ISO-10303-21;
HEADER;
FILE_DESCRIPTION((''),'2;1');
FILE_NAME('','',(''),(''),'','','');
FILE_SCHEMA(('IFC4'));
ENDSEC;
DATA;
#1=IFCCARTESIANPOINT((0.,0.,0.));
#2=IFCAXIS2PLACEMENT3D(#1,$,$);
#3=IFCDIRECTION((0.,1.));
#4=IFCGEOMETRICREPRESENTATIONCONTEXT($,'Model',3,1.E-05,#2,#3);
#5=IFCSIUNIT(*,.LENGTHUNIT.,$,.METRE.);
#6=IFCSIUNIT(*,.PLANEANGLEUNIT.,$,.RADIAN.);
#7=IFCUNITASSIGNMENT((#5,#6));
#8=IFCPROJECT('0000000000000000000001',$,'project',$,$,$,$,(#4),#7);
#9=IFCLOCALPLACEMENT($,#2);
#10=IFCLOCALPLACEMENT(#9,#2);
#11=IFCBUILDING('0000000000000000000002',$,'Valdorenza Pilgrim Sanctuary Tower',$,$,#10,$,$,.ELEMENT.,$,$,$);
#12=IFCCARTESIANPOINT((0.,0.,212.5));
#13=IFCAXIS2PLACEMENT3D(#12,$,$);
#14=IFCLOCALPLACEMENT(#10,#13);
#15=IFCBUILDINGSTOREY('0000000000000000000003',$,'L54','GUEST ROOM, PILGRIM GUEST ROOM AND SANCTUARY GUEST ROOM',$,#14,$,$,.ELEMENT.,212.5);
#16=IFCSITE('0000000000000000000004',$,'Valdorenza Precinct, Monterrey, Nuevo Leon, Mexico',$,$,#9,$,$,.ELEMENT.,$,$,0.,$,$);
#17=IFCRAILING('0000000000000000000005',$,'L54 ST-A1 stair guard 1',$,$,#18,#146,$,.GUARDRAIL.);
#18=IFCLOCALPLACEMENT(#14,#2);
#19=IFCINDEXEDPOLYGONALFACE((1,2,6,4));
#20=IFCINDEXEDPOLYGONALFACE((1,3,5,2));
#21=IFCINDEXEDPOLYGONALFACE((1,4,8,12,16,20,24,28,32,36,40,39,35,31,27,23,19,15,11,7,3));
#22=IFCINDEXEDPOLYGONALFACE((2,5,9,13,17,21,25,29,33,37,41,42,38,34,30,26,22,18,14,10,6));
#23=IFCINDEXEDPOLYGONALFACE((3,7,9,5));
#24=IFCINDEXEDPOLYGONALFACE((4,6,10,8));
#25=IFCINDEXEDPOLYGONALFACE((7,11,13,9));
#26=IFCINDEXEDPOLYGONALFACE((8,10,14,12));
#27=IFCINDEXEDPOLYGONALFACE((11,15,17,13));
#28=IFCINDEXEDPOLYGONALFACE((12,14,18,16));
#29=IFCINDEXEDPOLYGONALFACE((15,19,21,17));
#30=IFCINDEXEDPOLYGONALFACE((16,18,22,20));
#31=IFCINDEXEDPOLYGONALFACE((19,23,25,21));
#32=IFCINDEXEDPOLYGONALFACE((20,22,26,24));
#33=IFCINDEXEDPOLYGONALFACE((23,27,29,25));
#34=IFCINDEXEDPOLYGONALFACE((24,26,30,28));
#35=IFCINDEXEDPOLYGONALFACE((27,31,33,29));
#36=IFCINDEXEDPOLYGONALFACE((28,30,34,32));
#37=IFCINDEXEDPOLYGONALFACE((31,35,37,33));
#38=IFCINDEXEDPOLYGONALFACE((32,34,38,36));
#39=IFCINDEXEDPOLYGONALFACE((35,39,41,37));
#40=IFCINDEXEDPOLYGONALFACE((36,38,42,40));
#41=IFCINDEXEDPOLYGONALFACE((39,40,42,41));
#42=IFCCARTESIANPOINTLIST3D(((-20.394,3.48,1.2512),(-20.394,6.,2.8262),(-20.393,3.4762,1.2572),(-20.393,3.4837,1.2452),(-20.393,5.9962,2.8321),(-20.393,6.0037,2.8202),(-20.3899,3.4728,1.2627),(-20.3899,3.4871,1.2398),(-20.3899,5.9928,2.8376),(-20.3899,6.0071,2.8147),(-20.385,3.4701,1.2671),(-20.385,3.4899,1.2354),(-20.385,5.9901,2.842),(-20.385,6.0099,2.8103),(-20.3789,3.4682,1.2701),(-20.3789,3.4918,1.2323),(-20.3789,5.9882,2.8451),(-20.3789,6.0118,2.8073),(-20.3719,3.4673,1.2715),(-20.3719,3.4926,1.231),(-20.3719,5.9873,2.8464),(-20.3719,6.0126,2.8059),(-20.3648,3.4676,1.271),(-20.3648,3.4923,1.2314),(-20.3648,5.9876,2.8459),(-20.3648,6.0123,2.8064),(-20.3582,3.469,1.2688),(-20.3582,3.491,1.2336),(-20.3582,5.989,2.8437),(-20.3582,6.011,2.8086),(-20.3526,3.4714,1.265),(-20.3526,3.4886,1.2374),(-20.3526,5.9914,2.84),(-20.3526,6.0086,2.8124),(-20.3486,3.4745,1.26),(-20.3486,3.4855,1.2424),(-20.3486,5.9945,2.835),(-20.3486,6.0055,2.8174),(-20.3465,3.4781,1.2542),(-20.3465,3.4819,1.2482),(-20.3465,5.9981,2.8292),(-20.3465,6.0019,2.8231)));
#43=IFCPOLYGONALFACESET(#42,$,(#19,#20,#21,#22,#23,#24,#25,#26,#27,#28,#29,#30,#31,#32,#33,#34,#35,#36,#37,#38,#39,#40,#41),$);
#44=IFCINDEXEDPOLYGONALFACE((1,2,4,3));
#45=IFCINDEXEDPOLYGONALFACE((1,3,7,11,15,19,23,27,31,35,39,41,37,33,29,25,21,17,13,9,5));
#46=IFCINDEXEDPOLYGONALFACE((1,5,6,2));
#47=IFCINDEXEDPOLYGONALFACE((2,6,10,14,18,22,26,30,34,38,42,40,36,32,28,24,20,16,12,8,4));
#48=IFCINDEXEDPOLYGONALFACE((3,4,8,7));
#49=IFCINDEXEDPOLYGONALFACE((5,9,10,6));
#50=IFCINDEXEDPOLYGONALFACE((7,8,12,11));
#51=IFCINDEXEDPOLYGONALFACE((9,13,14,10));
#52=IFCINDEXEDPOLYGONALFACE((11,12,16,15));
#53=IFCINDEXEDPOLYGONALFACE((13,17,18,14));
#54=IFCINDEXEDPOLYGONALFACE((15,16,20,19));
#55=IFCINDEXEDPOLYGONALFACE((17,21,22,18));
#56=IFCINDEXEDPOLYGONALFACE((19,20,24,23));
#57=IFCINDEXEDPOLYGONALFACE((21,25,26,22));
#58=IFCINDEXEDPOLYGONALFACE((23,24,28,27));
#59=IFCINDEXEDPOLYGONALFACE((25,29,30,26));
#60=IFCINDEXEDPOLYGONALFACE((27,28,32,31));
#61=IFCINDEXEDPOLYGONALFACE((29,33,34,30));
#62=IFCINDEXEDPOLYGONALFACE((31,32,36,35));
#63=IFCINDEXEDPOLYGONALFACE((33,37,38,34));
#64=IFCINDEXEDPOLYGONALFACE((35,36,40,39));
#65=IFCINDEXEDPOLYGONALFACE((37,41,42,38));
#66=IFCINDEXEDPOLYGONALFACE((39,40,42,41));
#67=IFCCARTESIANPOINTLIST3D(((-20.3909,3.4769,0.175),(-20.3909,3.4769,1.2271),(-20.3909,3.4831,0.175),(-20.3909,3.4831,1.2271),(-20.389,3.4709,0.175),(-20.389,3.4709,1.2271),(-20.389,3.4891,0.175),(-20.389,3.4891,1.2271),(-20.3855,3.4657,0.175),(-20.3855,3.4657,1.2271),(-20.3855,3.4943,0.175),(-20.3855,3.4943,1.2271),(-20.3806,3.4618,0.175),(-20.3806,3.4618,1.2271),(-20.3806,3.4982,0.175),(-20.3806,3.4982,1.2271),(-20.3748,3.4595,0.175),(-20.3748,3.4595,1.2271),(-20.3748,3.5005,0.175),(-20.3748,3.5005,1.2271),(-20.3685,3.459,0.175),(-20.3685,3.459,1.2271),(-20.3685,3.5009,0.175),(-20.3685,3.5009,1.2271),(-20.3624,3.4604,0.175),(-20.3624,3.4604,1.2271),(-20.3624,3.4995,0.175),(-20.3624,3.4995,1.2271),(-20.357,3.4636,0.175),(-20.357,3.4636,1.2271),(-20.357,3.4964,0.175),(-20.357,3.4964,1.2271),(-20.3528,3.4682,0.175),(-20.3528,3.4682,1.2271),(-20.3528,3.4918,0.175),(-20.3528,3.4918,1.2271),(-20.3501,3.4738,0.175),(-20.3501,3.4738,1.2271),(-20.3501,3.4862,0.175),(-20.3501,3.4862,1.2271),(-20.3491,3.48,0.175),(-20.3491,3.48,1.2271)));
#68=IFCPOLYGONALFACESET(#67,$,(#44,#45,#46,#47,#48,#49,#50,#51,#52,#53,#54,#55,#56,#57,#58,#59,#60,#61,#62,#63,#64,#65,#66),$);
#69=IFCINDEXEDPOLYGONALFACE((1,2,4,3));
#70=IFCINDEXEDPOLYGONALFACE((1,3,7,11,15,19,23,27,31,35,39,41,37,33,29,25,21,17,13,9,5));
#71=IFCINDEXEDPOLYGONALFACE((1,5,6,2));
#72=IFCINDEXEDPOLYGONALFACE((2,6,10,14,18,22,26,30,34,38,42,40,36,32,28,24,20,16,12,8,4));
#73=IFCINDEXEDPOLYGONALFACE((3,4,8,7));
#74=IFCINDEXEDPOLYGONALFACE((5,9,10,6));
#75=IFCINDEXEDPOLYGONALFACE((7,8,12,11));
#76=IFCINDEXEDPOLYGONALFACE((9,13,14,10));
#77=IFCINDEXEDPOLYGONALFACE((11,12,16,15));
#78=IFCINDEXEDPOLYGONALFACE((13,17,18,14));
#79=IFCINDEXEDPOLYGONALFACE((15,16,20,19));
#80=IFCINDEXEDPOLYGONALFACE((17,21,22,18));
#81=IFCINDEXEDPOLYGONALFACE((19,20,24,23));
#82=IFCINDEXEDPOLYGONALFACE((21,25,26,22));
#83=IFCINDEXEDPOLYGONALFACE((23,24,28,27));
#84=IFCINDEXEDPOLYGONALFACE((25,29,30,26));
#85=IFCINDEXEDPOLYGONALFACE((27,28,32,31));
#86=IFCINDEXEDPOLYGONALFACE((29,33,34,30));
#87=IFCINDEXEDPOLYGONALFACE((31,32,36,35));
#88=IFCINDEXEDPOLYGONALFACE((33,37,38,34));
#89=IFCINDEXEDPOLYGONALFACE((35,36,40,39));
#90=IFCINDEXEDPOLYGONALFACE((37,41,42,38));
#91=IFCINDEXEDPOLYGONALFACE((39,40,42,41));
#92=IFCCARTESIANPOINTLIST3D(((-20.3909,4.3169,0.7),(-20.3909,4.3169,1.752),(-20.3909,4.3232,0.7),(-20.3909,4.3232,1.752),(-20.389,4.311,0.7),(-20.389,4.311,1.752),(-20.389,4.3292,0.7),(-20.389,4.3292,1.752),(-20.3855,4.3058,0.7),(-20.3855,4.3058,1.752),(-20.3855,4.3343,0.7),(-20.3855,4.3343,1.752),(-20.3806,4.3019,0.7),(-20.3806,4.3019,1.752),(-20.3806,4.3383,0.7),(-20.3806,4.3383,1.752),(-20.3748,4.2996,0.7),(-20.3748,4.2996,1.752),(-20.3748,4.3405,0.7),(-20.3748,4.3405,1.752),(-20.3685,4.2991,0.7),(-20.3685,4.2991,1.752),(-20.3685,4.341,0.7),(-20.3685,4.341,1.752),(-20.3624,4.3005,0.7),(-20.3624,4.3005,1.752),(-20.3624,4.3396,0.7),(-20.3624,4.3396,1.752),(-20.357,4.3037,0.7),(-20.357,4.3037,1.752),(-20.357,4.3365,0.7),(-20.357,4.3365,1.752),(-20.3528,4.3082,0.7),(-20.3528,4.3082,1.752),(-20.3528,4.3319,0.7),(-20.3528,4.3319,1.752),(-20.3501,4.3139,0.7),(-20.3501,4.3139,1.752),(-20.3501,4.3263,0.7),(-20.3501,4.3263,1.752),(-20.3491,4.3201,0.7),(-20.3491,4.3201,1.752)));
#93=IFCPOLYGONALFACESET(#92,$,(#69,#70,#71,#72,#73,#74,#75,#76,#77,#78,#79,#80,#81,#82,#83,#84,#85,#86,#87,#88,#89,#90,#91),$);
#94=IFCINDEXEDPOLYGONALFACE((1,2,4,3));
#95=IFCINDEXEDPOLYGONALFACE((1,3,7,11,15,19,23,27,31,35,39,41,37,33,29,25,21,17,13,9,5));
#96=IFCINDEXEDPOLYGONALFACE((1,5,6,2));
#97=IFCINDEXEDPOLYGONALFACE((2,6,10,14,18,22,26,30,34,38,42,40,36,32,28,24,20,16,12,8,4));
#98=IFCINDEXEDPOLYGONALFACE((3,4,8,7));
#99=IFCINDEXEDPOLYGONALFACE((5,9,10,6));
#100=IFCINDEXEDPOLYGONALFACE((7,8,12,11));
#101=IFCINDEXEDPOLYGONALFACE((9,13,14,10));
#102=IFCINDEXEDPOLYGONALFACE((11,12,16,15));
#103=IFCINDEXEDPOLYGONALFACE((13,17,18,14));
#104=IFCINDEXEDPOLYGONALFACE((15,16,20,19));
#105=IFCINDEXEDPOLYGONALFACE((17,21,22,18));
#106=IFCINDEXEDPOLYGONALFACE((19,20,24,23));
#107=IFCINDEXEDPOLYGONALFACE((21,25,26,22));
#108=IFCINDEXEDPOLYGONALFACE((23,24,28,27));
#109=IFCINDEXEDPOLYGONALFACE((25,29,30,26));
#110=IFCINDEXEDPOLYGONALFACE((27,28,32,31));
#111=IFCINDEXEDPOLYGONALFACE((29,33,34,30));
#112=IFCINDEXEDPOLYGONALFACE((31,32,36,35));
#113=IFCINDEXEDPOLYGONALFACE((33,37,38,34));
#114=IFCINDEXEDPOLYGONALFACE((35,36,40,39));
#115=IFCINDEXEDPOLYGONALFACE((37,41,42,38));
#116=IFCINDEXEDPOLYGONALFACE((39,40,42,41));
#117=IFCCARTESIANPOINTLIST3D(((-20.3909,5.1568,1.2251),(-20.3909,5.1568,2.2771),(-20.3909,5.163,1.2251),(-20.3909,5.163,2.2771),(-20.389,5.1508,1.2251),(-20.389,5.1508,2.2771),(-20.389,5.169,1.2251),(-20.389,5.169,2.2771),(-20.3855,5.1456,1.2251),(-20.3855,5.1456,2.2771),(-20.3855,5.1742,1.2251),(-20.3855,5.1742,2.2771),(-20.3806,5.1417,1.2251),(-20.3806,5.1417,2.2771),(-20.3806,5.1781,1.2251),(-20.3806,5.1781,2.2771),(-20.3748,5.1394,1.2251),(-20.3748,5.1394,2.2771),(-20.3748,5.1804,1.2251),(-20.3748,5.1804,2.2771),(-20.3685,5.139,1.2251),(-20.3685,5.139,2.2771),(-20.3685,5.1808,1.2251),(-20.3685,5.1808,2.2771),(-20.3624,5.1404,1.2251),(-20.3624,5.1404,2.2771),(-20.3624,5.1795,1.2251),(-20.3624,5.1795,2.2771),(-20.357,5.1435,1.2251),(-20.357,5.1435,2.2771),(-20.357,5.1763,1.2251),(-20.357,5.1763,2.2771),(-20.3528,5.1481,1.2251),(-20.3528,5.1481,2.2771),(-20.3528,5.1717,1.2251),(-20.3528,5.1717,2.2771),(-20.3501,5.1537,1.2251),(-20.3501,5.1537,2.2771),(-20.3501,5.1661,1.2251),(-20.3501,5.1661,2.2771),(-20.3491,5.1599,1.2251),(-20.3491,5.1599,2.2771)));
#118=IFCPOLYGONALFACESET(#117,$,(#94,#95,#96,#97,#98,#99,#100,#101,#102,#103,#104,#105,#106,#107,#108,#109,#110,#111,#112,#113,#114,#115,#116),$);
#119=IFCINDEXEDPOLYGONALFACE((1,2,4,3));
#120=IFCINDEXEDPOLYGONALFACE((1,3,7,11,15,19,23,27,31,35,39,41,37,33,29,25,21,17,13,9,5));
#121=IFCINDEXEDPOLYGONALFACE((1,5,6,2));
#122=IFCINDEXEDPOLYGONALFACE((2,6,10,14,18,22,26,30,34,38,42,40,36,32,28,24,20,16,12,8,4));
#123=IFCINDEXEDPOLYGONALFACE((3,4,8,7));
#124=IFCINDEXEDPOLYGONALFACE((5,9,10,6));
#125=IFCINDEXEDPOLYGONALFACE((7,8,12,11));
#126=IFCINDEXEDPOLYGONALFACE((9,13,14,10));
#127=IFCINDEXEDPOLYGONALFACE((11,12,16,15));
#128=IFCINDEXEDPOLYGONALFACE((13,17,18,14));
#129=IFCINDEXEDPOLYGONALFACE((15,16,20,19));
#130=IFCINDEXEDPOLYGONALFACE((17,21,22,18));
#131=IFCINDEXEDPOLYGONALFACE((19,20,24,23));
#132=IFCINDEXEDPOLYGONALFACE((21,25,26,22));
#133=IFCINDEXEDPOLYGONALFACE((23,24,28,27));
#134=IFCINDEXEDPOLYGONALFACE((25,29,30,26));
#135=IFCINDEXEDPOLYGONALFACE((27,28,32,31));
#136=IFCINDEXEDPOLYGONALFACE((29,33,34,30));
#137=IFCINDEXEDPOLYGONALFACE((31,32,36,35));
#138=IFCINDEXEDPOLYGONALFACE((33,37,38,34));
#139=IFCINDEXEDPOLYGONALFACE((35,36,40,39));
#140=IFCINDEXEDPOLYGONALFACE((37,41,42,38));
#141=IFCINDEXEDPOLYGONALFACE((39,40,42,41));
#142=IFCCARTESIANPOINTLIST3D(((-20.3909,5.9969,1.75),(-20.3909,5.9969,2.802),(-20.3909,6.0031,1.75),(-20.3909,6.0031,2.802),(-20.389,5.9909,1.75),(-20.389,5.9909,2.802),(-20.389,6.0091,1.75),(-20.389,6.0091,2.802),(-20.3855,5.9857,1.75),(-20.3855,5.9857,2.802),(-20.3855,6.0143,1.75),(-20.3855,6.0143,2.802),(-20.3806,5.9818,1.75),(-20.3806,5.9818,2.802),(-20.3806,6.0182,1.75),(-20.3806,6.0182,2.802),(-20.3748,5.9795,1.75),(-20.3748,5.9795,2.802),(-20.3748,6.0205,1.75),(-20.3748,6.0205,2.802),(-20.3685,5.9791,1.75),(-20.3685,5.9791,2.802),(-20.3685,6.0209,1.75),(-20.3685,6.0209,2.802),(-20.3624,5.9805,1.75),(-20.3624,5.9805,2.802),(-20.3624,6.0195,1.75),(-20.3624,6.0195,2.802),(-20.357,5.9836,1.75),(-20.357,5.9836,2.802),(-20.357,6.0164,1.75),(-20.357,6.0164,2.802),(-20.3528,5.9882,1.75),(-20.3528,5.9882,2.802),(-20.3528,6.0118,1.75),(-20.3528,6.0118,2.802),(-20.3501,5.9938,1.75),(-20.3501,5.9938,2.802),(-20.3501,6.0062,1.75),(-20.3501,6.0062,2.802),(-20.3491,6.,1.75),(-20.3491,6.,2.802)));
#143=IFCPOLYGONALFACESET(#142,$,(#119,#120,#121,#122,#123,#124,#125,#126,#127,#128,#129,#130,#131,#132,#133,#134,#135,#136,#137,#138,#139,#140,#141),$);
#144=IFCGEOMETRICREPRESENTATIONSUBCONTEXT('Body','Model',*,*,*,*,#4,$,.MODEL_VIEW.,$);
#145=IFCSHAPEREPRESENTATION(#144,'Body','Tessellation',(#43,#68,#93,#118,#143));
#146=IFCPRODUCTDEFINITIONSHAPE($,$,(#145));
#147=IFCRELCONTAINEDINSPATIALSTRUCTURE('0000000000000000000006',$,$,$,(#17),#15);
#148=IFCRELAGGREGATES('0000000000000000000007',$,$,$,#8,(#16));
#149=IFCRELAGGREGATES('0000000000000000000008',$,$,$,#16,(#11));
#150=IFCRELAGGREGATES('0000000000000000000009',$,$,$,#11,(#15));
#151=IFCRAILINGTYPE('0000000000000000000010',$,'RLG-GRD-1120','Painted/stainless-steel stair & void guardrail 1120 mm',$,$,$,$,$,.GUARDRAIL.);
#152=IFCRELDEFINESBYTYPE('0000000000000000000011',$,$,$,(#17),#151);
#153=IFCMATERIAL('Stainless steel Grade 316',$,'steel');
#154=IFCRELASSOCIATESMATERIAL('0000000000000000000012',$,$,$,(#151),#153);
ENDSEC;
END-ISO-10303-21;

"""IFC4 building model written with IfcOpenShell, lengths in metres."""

from ifc_helpers import new_model, si_unit, direction, frame, origin, origin_2d, place, context, subcontext, project, spatial, circle, extrude, material, type_object, element, save


model = new_model("IFC4")

# Units and contexts
model_context = context("Model", 3, precision=1e-05, world=origin(), true_north=direction((0.0, 1.0)))
body_context = subcontext(model_context, "Body", "Model", "MODEL_VIEW")
ifc_project = project(units=[si_unit("LENGTHUNIT", "METRE"), si_unit("PLANEANGLEUNIT", "RADIAN")], contexts=[model_context])

# Site, building, storey
site_placement = place(None, origin())
site = spatial("IfcSite", under=ifc_project, at=site_placement, Name="Valdorenza Precinct, Monterrey, Nuevo Leon, Mexico", CompositionType="ELEMENT", RefElevation=0.0)
building_placement = place(site_placement, origin())
building = spatial("IfcBuilding", under=site, at=building_placement, Name="Valdorenza Pilgrim Sanctuary Tower", CompositionType="ELEMENT")
storey_placement = place(building_placement, frame((0.0, 0.0, 212.5)))
storey = spatial("IfcBuildingStorey", under=building, at=storey_placement, Name="L54", Description="GUEST ROOM, PILGRIM GUEST ROOM AND SANCTUARY GUEST ROOM", CompositionType="ELEMENT", Elevation=212.5)

# Railing
ifc_material_1 = material(Name="Stainless steel Grade 316", Category="steel")
railing_type_1 = type_object("IfcRailingType", Name="RLG-GRD-1120", Description="Painted/stainless-steel stair & void guardrail 1120 mm", PredefinedType="GUARDRAIL", material=ifc_material_1)
railing_1_placement = place(storey_placement, frame((-20.3701, 3.48, 0.175)))
element("IfcRailing", 1, at=railing_1_placement, inside=storey, type_object=railing_type_1, Name="L54 ST-A1 stair guard 1", PredefinedType="GUARDRAIL", context=body_context, shape_type="SweptSolid", body=[
    extrude(circle(Radius=0.0239, at=origin_2d()), frame((0.0, 0.0, 1.0762), z_axis=(0.0, 0.848008, 0.529984), x_axis=(-1.0, 0.0, 0.0)), (0.0, 0.0, 1.0), 2.9717),
    extrude(circle(Radius=0.021, at=origin_2d()), origin(), (0.0, 0.0, 1.0), 1.052),
    extrude(circle(Radius=0.021, at=origin_2d()), frame((0.0, 0.8401, 0.5249)), (0.0, 0.0, 1.0), 1.052),
    extrude(circle(Radius=0.021, at=origin_2d()), frame((0.0, 1.6799, 1.05)), (0.0, 0.0, 1.0), 1.052),
    extrude(circle(Radius=0.021, at=origin_2d()), frame((0.0, 2.52, 1.575)), (0.0, 0.0, 1.0), 1.052),
])

save(model, "model.ifc")
